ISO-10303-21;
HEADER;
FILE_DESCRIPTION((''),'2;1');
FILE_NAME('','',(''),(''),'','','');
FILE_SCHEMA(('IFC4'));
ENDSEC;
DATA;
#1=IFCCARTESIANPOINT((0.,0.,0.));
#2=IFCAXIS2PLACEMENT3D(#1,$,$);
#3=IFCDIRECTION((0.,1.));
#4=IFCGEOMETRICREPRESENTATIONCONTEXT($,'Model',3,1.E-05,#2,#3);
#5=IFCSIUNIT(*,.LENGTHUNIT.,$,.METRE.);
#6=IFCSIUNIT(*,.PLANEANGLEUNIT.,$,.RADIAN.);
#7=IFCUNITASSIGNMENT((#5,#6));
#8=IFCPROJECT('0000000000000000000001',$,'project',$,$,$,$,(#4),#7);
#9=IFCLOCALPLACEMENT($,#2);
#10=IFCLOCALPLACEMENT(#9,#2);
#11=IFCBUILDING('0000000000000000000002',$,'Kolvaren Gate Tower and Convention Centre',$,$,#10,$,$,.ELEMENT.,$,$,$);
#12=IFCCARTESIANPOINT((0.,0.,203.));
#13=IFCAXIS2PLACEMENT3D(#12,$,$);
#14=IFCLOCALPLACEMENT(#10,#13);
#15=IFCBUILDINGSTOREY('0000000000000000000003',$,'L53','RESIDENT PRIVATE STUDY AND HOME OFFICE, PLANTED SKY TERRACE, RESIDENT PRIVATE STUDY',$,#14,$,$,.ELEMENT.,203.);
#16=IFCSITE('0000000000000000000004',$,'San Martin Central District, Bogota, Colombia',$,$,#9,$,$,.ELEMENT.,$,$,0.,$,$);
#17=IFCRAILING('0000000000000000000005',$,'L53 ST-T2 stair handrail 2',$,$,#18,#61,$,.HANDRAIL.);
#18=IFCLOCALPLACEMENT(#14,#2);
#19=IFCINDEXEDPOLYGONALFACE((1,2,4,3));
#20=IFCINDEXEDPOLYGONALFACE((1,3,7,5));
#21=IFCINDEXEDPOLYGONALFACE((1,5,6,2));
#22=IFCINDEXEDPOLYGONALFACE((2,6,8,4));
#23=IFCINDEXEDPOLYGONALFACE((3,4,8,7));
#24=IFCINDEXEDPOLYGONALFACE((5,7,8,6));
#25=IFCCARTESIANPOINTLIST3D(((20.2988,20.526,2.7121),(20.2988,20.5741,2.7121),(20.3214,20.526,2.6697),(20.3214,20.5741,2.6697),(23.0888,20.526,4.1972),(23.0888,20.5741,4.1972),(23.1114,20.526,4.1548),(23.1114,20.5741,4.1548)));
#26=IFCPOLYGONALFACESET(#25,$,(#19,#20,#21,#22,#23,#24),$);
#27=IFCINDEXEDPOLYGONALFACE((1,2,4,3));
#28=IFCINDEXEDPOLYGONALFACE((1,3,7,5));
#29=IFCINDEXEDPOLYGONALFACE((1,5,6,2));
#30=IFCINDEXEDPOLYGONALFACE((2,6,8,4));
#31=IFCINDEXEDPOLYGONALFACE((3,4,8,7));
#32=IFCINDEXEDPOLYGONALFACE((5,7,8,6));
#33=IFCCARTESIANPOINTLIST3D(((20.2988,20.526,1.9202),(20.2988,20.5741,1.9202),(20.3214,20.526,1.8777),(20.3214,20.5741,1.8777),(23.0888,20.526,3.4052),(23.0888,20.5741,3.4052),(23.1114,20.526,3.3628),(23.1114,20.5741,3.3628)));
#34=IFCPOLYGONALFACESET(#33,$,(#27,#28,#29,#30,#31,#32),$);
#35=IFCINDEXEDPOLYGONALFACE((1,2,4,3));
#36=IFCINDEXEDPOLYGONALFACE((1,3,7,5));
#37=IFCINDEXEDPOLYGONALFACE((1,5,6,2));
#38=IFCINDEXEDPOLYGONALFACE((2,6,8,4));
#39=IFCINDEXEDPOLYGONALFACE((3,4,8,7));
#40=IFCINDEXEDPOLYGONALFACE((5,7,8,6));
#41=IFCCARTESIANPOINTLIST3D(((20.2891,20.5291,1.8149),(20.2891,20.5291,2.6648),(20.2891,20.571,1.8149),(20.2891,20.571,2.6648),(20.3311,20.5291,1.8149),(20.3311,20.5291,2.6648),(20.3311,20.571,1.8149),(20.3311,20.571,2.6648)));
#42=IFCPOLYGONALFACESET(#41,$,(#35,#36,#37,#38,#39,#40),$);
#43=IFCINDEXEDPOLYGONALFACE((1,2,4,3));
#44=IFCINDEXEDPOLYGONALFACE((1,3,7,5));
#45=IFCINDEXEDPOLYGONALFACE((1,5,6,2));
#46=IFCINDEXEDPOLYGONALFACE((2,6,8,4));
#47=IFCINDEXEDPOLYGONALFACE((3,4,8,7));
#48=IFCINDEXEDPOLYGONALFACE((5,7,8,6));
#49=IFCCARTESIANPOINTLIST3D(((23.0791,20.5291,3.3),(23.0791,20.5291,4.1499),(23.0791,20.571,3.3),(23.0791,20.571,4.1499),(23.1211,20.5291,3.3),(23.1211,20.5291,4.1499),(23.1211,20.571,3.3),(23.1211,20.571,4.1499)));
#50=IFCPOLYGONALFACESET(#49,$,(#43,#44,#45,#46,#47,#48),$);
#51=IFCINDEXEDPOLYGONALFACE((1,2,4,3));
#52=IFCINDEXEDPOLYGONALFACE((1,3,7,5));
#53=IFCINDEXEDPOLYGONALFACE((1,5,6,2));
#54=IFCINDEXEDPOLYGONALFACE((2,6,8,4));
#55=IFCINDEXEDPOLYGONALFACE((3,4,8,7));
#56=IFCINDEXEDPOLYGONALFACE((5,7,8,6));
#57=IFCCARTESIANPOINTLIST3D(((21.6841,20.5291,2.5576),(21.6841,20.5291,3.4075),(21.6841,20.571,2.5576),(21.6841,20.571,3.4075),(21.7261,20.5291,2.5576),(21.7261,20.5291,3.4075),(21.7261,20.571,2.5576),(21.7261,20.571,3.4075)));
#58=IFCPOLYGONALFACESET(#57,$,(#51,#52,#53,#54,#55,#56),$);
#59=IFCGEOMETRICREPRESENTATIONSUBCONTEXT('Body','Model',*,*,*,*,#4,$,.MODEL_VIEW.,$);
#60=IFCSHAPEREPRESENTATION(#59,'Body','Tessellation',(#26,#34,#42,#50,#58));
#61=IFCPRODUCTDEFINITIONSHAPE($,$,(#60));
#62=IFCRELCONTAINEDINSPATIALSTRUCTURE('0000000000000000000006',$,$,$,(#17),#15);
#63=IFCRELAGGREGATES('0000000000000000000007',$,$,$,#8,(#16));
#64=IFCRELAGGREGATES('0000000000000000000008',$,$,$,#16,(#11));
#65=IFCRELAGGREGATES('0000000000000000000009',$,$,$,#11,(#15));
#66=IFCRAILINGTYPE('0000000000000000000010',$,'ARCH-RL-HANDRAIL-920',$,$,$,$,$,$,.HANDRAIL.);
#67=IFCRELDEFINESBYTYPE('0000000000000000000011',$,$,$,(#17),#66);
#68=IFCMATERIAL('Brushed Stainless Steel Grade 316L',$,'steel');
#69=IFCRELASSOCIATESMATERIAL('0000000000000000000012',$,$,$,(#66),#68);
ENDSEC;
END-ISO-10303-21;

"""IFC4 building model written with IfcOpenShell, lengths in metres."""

from ifc_helpers import new_model, si_unit, direction, frame, origin, origin_2d, place, context, subcontext, project, spatial, rectangle, extrude, material, type_object, element, save


model = new_model("IFC4")

# Units and contexts
model_context = context("Model", 3, precision=1e-05, world=origin(), true_north=direction((0.0, 1.0)))
body_context = subcontext(model_context, "Body", "Model", "MODEL_VIEW")
ifc_project = project(units=[si_unit("LENGTHUNIT", "METRE"), si_unit("PLANEANGLEUNIT", "RADIAN")], contexts=[model_context])

# Site, building, storey
site_placement = place(None, origin())
site = spatial("IfcSite", under=ifc_project, at=site_placement, Name="San Martin Central District, Bogota, Colombia", CompositionType="ELEMENT", RefElevation=0.0)
building_placement = place(site_placement, origin())
building = spatial("IfcBuilding", under=site, at=building_placement, Name="Kolvaren Gate Tower and Convention Centre", CompositionType="ELEMENT")
storey_placement = place(building_placement, frame((0.0, 0.0, 203.0)))
storey = spatial("IfcBuildingStorey", under=building, at=storey_placement, Name="L53", Description="RESIDENT PRIVATE STUDY AND HOME OFFICE, PLANTED SKY TERRACE, RESIDENT PRIVATE STUDY", CompositionType="ELEMENT", Elevation=203.0)

# Shared definitions
ifc_material_1 = material(Name="Brushed Stainless Steel Grade 316L", Category="steel")

# Railing
railing_type_1 = type_object("IfcRailingType", Name="ARCH-RL-HANDRAIL-920", PredefinedType="HANDRAIL", material=ifc_material_1)
railing_1_placement = place(storey_placement, frame((20.3101, 20.55, 1.8149)))
element("IfcRailing", 1, at=railing_1_placement, inside=storey, type_object=railing_type_1, Name="L53 ST-T2 stair handrail 2", PredefinedType="HANDRAIL", context=body_context, shape_type="SweptSolid", body=[
    extrude(rectangle(XDim=0.0481, YDim=0.0481, at=origin_2d()), frame((0.0, 0.0, 0.876), z_axis=(0.882735, 0.0, 0.46987), x_axis=(0.0, 1.0, 0.0)), (0.0, 0.0, 1.0), 3.1606),
    extrude(rectangle(XDim=0.0481, YDim=0.0481, at=origin_2d()), frame((0.0, 0.0, 0.084), z_axis=(0.882735, 0.0, 0.46987), x_axis=(0.0, 1.0, 0.0)), (0.0, 0.0, 1.0), 3.1606),
    extrude(rectangle(XDim=0.042, YDim=0.042, at=origin_2d()), origin(), (0.0, 0.0, 1.0), 0.8499),
    extrude(rectangle(XDim=0.042, YDim=0.042, at=origin_2d()), frame((2.79, 0.0, 1.4851)), (0.0, 0.0, 1.0), 0.8499),
    extrude(rectangle(XDim=0.042, YDim=0.042, at=origin_2d()), frame((1.395, 0.0, 0.7427)), (0.0, 0.0, 1.0), 0.8499),
])

save(model, "model.ifc")
